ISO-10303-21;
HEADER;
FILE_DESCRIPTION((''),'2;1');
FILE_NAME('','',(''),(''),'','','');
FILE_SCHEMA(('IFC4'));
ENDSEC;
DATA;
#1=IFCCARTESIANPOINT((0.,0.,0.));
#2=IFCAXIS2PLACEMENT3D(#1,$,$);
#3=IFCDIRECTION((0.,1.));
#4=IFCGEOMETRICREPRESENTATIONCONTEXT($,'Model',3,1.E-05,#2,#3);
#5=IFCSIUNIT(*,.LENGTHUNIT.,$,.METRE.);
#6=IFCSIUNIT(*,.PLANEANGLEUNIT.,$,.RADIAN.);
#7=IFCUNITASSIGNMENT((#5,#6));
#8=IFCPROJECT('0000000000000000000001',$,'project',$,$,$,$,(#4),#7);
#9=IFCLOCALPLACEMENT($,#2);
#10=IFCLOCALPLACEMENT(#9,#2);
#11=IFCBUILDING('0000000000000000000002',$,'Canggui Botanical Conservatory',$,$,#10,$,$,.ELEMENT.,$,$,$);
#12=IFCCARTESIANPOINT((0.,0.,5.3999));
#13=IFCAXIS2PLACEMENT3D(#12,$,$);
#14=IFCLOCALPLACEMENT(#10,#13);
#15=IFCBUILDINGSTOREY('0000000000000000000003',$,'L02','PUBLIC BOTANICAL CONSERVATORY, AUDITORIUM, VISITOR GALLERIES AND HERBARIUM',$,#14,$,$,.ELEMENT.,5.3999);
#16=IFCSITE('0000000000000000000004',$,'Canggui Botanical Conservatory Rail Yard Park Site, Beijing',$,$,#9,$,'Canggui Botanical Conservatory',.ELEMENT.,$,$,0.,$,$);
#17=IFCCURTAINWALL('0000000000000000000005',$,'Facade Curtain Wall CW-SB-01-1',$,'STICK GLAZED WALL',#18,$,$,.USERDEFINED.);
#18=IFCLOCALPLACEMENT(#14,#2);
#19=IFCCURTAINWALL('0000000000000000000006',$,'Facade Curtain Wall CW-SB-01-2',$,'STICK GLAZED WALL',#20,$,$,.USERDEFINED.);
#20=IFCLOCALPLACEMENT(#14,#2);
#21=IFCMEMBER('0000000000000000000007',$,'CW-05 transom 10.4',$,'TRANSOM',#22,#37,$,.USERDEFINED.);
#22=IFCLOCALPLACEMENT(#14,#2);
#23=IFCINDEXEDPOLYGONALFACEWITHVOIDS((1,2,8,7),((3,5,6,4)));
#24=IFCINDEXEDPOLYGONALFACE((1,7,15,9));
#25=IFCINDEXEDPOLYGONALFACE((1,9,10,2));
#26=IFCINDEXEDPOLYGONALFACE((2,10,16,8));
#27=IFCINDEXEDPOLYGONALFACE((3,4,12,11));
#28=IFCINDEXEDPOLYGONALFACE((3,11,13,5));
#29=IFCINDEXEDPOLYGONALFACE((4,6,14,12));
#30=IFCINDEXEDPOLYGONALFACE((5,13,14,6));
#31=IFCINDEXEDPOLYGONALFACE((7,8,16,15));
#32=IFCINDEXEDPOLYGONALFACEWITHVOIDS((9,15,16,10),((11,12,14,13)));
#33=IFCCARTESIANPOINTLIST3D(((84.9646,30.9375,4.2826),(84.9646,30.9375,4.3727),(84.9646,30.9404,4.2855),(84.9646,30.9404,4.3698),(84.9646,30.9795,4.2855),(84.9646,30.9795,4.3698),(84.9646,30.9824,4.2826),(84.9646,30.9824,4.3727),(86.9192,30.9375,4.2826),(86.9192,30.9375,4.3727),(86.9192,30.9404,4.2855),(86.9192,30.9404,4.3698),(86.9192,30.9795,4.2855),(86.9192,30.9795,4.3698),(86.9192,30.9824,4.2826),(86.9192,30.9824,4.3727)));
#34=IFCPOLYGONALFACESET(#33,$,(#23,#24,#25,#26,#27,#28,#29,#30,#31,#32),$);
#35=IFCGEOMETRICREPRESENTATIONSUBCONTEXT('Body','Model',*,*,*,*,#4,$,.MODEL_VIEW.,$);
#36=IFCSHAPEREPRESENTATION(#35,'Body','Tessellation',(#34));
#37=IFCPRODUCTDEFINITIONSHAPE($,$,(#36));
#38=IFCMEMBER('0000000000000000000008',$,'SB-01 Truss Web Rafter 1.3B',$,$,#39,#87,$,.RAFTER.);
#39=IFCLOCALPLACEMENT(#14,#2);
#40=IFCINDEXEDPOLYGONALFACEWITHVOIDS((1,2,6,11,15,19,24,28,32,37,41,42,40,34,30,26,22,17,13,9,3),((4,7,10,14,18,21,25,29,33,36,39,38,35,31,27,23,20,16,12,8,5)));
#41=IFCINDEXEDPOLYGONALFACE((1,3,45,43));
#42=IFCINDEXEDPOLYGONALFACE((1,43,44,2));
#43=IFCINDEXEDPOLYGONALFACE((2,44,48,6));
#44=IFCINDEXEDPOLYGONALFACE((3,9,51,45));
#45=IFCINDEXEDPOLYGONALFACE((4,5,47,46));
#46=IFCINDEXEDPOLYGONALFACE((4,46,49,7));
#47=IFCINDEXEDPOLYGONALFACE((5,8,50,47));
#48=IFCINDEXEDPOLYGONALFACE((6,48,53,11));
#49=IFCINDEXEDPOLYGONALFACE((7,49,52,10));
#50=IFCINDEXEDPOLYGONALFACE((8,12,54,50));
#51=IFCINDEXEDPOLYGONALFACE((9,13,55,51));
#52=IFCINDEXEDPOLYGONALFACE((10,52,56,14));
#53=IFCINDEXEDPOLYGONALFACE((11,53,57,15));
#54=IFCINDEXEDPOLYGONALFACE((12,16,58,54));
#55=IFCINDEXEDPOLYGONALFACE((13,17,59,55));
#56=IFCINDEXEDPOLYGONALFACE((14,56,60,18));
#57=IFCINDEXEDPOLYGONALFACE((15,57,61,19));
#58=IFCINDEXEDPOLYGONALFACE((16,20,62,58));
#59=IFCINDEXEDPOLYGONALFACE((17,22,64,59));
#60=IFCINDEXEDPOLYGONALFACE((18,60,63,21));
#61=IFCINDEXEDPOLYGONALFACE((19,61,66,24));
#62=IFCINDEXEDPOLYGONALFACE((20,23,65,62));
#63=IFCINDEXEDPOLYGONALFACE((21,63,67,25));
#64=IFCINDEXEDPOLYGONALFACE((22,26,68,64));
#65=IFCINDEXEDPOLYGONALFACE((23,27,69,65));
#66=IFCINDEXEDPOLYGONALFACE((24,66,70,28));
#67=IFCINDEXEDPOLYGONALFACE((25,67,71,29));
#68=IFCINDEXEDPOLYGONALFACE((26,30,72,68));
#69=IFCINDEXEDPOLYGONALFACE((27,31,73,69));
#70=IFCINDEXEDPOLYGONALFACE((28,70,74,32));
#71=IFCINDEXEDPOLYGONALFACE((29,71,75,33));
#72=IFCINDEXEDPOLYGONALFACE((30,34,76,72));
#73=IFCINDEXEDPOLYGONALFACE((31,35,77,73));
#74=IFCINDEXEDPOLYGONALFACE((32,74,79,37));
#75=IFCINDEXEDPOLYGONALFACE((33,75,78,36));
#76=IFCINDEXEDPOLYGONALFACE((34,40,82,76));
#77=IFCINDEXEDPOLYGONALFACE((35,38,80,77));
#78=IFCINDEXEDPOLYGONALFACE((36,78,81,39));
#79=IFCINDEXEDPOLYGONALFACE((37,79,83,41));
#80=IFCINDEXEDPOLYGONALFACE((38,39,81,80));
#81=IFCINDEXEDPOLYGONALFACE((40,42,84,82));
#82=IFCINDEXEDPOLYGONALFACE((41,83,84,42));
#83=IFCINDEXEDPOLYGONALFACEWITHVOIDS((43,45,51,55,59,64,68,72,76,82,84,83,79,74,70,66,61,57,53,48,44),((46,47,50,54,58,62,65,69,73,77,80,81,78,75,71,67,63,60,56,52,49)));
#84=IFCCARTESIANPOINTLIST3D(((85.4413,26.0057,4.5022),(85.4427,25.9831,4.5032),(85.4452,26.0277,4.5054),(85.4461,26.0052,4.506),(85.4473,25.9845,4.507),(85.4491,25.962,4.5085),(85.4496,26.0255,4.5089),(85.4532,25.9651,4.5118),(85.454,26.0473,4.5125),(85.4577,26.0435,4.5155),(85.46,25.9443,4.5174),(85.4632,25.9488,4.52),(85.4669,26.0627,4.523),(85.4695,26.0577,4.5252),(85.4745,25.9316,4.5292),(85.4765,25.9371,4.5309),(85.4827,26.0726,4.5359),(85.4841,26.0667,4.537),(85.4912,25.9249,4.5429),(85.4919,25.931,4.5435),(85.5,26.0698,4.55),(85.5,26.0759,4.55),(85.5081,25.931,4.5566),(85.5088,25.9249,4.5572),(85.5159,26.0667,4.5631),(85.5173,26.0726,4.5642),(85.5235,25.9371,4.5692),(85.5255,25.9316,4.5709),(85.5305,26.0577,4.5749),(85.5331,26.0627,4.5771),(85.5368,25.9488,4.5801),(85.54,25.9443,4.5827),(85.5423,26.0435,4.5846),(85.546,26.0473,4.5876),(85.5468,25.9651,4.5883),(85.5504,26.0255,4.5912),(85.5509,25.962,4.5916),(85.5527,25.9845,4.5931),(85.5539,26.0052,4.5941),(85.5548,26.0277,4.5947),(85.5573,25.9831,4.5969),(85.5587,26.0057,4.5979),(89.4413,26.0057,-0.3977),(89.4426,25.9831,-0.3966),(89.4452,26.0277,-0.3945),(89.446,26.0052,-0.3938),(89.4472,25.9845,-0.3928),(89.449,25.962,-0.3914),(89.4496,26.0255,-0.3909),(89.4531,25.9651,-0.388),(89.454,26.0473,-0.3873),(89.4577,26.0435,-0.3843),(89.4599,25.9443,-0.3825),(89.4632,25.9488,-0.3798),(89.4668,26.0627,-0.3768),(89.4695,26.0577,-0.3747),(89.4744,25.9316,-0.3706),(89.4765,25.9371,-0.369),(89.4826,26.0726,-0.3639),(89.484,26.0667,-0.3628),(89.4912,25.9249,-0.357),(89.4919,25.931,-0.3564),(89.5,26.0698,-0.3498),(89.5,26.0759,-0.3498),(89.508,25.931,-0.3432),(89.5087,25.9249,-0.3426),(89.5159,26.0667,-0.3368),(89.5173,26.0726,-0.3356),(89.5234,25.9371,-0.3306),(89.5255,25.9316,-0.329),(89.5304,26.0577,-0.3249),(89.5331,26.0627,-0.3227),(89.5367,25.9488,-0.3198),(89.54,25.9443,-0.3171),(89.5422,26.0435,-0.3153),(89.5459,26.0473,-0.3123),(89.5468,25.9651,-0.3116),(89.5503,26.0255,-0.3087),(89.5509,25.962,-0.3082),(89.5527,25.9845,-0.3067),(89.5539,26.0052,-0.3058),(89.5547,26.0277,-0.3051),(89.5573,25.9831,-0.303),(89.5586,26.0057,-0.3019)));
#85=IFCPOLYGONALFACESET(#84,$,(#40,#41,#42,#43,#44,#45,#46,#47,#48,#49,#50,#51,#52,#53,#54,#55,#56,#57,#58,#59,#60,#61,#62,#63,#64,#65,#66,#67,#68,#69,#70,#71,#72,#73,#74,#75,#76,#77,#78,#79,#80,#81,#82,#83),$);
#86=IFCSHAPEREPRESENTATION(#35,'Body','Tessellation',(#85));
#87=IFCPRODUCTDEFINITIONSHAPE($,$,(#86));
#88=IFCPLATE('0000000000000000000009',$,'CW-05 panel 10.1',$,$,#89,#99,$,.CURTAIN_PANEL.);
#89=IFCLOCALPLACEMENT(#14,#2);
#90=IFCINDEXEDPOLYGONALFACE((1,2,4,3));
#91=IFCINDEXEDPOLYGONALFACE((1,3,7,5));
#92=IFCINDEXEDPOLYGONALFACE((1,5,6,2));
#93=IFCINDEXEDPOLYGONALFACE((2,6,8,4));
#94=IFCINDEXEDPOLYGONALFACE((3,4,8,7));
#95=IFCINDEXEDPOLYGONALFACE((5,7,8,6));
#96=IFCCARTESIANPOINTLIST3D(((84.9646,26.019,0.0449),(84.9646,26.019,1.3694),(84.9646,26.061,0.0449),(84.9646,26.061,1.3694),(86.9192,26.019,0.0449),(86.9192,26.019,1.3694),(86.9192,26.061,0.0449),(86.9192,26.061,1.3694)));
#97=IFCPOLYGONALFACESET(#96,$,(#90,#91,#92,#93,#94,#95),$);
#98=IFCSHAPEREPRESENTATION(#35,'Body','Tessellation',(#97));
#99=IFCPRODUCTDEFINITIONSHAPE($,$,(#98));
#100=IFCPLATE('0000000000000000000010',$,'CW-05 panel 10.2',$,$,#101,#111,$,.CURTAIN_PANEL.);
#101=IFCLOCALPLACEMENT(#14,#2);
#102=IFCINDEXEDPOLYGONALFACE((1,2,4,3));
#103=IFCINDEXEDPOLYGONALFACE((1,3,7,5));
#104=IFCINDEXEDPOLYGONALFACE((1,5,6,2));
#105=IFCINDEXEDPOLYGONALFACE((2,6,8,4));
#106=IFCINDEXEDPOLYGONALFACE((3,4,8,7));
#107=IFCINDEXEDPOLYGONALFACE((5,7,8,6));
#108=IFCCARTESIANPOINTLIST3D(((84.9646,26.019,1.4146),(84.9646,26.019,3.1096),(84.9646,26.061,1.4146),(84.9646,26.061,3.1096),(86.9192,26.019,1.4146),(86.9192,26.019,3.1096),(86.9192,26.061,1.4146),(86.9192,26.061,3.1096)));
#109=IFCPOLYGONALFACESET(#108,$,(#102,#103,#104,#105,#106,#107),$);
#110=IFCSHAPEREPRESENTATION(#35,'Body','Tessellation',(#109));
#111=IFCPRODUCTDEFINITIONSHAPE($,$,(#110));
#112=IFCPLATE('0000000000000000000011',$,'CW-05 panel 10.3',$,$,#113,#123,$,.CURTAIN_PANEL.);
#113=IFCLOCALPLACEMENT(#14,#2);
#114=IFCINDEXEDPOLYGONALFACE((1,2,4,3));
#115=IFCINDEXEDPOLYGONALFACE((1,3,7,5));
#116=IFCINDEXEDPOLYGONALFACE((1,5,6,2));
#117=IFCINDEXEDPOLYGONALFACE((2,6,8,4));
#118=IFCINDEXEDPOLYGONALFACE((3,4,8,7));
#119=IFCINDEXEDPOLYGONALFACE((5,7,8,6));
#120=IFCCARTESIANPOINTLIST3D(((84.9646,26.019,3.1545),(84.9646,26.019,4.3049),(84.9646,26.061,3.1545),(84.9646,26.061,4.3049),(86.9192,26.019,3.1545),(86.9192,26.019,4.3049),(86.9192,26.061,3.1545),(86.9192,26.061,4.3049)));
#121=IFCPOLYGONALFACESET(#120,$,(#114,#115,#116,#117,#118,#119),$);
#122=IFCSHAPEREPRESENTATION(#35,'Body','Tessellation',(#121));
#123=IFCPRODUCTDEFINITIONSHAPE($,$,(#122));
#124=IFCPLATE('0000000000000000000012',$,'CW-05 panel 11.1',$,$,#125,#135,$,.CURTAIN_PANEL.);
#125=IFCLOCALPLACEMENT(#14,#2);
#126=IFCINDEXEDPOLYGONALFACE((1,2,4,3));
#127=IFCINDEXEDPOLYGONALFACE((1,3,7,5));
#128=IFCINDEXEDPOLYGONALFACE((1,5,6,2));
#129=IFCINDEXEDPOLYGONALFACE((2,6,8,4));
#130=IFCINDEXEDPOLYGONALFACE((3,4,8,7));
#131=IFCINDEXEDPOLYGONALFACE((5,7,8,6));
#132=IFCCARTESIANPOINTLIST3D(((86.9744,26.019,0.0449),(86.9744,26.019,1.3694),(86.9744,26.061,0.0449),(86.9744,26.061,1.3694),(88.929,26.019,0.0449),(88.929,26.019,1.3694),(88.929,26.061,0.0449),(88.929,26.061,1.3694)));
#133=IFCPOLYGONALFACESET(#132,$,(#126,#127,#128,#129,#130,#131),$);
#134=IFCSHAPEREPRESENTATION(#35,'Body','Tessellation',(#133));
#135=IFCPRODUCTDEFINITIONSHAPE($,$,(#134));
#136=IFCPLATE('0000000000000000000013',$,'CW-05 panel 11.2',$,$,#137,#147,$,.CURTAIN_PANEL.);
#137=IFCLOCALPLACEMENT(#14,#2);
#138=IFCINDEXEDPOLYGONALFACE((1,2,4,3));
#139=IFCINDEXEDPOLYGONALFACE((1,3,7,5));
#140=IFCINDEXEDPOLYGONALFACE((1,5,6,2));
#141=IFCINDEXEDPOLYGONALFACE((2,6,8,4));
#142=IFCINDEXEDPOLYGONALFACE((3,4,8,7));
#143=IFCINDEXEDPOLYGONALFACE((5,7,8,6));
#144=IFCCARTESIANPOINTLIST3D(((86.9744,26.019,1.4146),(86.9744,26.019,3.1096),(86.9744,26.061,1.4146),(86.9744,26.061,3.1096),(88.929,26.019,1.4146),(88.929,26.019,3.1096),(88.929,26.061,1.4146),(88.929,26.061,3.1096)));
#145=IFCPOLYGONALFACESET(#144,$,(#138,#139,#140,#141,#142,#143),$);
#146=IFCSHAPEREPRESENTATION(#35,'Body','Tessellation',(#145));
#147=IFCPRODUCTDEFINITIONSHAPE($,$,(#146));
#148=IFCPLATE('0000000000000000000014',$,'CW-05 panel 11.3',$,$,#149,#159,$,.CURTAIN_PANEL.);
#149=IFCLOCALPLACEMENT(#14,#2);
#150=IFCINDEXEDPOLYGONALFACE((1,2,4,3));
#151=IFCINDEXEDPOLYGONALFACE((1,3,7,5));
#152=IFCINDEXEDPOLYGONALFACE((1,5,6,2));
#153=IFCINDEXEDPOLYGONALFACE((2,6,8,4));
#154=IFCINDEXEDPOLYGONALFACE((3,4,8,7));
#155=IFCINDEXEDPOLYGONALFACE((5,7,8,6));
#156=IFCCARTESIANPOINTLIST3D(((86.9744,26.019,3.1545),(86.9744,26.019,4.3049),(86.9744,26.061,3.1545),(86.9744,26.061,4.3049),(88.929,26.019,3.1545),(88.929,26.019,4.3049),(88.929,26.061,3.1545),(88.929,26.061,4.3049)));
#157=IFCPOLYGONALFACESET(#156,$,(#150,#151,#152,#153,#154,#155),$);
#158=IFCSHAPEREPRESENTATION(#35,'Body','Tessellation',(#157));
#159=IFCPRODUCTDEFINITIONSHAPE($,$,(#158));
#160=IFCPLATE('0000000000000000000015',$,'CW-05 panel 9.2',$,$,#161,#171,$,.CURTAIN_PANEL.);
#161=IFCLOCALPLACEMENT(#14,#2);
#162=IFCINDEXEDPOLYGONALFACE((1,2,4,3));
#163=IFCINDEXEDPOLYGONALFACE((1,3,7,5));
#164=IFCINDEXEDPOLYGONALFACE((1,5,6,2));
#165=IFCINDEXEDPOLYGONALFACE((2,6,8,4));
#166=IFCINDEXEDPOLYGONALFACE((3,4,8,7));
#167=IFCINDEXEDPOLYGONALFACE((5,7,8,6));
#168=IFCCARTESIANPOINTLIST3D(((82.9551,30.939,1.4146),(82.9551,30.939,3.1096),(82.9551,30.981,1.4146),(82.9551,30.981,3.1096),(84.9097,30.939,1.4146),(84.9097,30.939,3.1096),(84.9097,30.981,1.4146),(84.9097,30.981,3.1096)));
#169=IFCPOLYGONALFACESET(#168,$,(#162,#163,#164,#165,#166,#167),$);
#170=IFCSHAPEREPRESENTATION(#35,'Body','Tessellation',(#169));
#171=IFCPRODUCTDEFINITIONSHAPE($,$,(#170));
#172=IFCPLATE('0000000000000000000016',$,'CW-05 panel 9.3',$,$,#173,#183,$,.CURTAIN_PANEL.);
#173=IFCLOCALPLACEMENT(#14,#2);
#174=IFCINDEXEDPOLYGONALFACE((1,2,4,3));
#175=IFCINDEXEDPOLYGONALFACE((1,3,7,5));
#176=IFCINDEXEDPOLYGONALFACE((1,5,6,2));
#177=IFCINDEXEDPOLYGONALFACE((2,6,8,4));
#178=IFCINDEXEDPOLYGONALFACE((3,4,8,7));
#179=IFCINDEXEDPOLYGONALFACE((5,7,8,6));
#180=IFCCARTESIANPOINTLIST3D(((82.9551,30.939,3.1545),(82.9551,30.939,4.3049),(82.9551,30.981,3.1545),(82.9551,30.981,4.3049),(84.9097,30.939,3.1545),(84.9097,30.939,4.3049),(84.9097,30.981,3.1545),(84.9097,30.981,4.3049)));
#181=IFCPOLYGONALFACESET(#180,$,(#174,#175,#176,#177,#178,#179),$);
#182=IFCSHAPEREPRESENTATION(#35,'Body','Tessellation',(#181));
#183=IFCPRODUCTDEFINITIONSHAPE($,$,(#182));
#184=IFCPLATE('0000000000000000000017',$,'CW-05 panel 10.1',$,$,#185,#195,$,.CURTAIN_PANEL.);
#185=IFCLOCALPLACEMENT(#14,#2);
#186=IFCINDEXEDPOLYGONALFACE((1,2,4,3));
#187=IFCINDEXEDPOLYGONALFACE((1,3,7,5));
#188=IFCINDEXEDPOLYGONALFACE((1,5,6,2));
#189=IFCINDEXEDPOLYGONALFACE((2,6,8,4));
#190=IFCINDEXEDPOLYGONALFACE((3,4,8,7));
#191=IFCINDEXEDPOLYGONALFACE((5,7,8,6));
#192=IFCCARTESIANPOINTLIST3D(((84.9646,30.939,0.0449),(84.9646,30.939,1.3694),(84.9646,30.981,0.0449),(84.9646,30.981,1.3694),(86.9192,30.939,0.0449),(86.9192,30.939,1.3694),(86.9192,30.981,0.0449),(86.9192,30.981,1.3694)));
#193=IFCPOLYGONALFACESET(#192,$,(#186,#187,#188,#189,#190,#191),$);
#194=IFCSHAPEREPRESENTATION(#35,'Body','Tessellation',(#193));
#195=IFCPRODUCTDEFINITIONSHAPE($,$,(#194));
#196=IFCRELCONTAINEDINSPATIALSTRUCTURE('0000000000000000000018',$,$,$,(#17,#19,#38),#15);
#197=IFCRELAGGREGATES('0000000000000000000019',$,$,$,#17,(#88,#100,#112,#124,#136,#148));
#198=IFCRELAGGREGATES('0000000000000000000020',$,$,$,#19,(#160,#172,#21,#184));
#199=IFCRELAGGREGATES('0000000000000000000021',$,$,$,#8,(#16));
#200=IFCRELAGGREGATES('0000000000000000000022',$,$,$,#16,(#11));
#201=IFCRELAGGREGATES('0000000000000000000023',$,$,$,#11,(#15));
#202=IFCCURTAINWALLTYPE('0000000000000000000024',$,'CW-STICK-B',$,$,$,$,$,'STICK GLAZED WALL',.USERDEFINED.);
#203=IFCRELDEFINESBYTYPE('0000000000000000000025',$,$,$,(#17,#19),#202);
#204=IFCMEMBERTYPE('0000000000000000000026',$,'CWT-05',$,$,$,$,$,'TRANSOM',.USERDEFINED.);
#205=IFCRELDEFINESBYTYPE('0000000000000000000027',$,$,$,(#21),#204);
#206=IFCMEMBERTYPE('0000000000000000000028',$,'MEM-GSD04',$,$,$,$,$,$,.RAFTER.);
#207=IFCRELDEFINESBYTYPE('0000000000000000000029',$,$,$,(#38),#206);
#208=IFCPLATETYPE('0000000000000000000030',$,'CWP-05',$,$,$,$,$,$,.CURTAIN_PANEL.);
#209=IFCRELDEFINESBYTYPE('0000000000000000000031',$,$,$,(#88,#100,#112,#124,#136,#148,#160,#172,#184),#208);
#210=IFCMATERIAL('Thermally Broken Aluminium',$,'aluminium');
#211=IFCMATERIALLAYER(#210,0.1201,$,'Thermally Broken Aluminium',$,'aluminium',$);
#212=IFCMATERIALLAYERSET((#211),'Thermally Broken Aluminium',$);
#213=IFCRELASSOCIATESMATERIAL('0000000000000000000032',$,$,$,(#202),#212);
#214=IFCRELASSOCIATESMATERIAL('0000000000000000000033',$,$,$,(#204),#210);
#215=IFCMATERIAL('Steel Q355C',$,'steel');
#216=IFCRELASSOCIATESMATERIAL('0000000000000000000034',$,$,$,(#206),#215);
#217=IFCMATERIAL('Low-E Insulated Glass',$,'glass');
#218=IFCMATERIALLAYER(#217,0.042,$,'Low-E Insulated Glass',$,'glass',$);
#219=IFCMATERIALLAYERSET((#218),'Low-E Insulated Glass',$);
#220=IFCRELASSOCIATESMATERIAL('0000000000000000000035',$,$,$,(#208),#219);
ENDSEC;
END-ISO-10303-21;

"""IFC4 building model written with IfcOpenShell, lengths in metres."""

from ifc_helpers import new_model, si_unit, direction, frame, origin, origin_2d, place, context, subcontext, project, spatial, rectangle, hollow_rectangle, hollow_circle, extrude, material, layer, layer_set, material_profile, profile_set, type_object, element, aggregate, save


model = new_model("IFC4")

# Units and contexts
model_context = context("Model", 3, precision=1e-05, world=origin(), true_north=direction((0.0, 1.0)))
body_context = subcontext(model_context, "Body", "Model", "MODEL_VIEW")
ifc_project = project(units=[si_unit("LENGTHUNIT", "METRE"), si_unit("PLANEANGLEUNIT", "RADIAN")], contexts=[model_context])

# Site, building, storey
site_placement = place(None, origin())
site = spatial("IfcSite", under=ifc_project, at=site_placement, Name="Canggui Botanical Conservatory Rail Yard Park Site, Beijing", LongName="Canggui Botanical Conservatory", CompositionType="ELEMENT", RefElevation=0.0)
building_placement = place(site_placement, origin())
building = spatial("IfcBuilding", under=site, at=building_placement, Name="Canggui Botanical Conservatory", CompositionType="ELEMENT")
storey_placement = place(building_placement, frame((0.0, 0.0, 5.3999)))
storey = spatial("IfcBuildingStorey", under=building, at=storey_placement, Name="L02", Description="PUBLIC BOTANICAL CONSERVATORY, AUDITORIUM, VISITOR GALLERIES AND HERBARIUM", CompositionType="ELEMENT", Elevation=5.3999)

# Curtain wall
ifc_material_1 = material(Name="Thermally Broken Aluminium", Category="aluminium")
ifc_layer_1 = layer(ifc_material_1, 0.1201, Name="Thermally Broken Aluminium", Category="aluminium")
ifc_layer_set_1 = layer_set([ifc_layer_1], Name="Thermally Broken Aluminium")
curtain_wall_type = type_object("IfcCurtainWallType", Name="CW-STICK-B", ElementType="STICK GLAZED WALL", PredefinedType="USERDEFINED", material=ifc_layer_set_1)
curtain_wall_1_placement = place(storey_placement, origin())
curtain_wall_1 = element("IfcCurtainWall", 1, at=curtain_wall_1_placement, inside=storey, type_object=curtain_wall_type, Name="Facade Curtain Wall CW-SB-01-1", ObjectType="STICK GLAZED WALL", PredefinedType="USERDEFINED")

# Curtain wall
curtain_wall_2_placement = place(storey_placement, origin())
curtain_wall_2 = element("IfcCurtainWall", 2, at=curtain_wall_2_placement, inside=storey, type_object=curtain_wall_type, Name="Facade Curtain Wall CW-SB-01-2", ObjectType="STICK GLAZED WALL", PredefinedType="USERDEFINED")

# Members
ifc_material_profile_1 = material_profile(ifc_material_1, hollow_rectangle(XDim=0.0449, YDim=0.0901, WallThickness=0.0029, at=origin_2d()), Name="CWT 45x90x3")
ifc_profile_set_1 = profile_set([ifc_material_profile_1], Name="Thermally Broken Aluminium")
member_type_1 = type_object("IfcMemberType", Name="CWT-05", ElementType="TRANSOM", PredefinedType="USERDEFINED", material=ifc_profile_set_1)
member_1_placement = place(storey_placement, frame((84.9646, 30.96, 4.3276), z_axis=(1.0, 0.0, 0.0), x_axis=(0.0, 1.0, 0.0)))
member_1 = element("IfcMember", 3, at=member_1_placement, type_object=member_type_1, Name="CW-05 transom 10.4", ObjectType="TRANSOM", PredefinedType="USERDEFINED", context=body_context, shape_type="SweptSolid", body=[
    extrude(hollow_rectangle(XDim=0.0449, YDim=0.0901, WallThickness=0.0029, at=origin_2d()), origin(), (0.0, 0.0, 1.0), 1.9546),
])
ifc_material_2 = material(Name="Steel Q355C", Category="steel")
ifc_material_profile_2 = material_profile(ifc_material_2, hollow_circle(Radius=0.0759, WallThickness=0.0061, at=origin_2d()), Name="CHS 152x6")
ifc_profile_set_2 = profile_set([ifc_material_profile_2], Name="Steel Q355C")
member_type_2 = type_object("IfcMemberType", Name="MEM-GSD04", PredefinedType="RAFTER", material=ifc_profile_set_2)
member_2_placement = place(storey_placement, frame((85.5, 26.0, 4.55), z_axis=(0.632384, 0.0, -0.774655), x_axis=(0.0, 1.0, 0.0)))
element("IfcMember", 4, at=member_2_placement, inside=storey, type_object=member_type_2, Name="SB-01 Truss Web Rafter 1.3B", PredefinedType="RAFTER", context=body_context, shape_type="SweptSolid", body=[
    extrude(hollow_circle(Radius=0.0759, WallThickness=0.0061, at=origin_2d()), origin(), (0.0, 0.0, 1.0), 6.3252),
])

# Plates
ifc_material_3 = material(Name="Low-E Insulated Glass", Category="glass")
ifc_layer_2 = layer(ifc_material_3, 0.042, Name="Low-E Insulated Glass", Category="glass")
ifc_layer_set_2 = layer_set([ifc_layer_2], Name="Low-E Insulated Glass")
plate_type_1 = type_object("IfcPlateType", Name="CWP-05", PredefinedType="CURTAIN_PANEL", material=ifc_layer_set_2)
plate_1_placement = place(storey_placement, frame((85.9419, 26.04, 0.0449), z_axis=(0.0, 0.0, 1.0), x_axis=(1.0, 0.0, 0.0)))
plate_1 = element("IfcPlate", 5, at=plate_1_placement, type_object=plate_type_1, Name="CW-05 panel 10.1", PredefinedType="CURTAIN_PANEL", context=body_context, shape_type="SweptSolid", body=[
    extrude(rectangle(XDim=1.9546, YDim=0.042, at=origin_2d()), origin(), (0.0, 0.0, 1.0), 1.3245),
])
plate_2_placement = place(storey_placement, frame((85.9419, 26.04, 1.4146), z_axis=(0.0, 0.0, 1.0), x_axis=(1.0, 0.0, 0.0)))
plate_2 = element("IfcPlate", 6, at=plate_2_placement, type_object=plate_type_1, Name="CW-05 panel 10.2", PredefinedType="CURTAIN_PANEL", context=body_context, shape_type="SweptSolid", body=[
    extrude(rectangle(XDim=1.9546, YDim=0.042, at=origin_2d()), origin(), (0.0, 0.0, 1.0), 1.6951),
])
plate_3_placement = place(storey_placement, frame((85.9419, 26.04, 3.1545), z_axis=(0.0, 0.0, 1.0), x_axis=(1.0, 0.0, 0.0)))
plate_3 = element("IfcPlate", 7, at=plate_3_placement, type_object=plate_type_1, Name="CW-05 panel 10.3", PredefinedType="CURTAIN_PANEL", context=body_context, shape_type="SweptSolid", body=[
    extrude(rectangle(XDim=1.9546, YDim=0.042, at=origin_2d()), origin(), (0.0, 0.0, 1.0), 1.1504),
])
plate_4_placement = place(storey_placement, frame((87.9517, 26.04, 0.0449), z_axis=(0.0, 0.0, 1.0), x_axis=(1.0, 0.0, 0.0)))
plate_4 = element("IfcPlate", 8, at=plate_4_placement, type_object=plate_type_1, Name="CW-05 panel 11.1", PredefinedType="CURTAIN_PANEL", context=body_context, shape_type="SweptSolid", body=[
    extrude(rectangle(XDim=1.9546, YDim=0.042, at=origin_2d()), origin(), (0.0, 0.0, 1.0), 1.3245),
])
plate_5_placement = place(storey_placement, frame((87.9517, 26.04, 1.4146), z_axis=(0.0, 0.0, 1.0), x_axis=(1.0, 0.0, 0.0)))
plate_5 = element("IfcPlate", 9, at=plate_5_placement, type_object=plate_type_1, Name="CW-05 panel 11.2", PredefinedType="CURTAIN_PANEL", context=body_context, shape_type="SweptSolid", body=[
    extrude(rectangle(XDim=1.9546, YDim=0.042, at=origin_2d()), origin(), (0.0, 0.0, 1.0), 1.6951),
])
plate_6_placement = place(storey_placement, frame((87.9517, 26.04, 3.1545), z_axis=(0.0, 0.0, 1.0), x_axis=(1.0, 0.0, 0.0)))
plate_6 = element("IfcPlate", 10, at=plate_6_placement, type_object=plate_type_1, Name="CW-05 panel 11.3", PredefinedType="CURTAIN_PANEL", context=body_context, shape_type="SweptSolid", body=[
    extrude(rectangle(XDim=1.9546, YDim=0.042, at=origin_2d()), origin(), (0.0, 0.0, 1.0), 1.1504),
])
aggregate(curtain_wall_1, [plate_1, plate_2, plate_3, plate_4, plate_5, plate_6])
plate_7_placement = place(storey_placement, frame((83.9324, 30.96, 1.4146), z_axis=(0.0, 0.0, 1.0), x_axis=(1.0, 0.0, 0.0)))
plate_7 = element("IfcPlate", 11, at=plate_7_placement, type_object=plate_type_1, Name="CW-05 panel 9.2", PredefinedType="CURTAIN_PANEL", context=body_context, shape_type="SweptSolid", body=[
    extrude(rectangle(XDim=1.9546, YDim=0.042, at=origin_2d()), origin(), (0.0, 0.0, 1.0), 1.6951),
])
plate_8_placement = place(storey_placement, frame((83.9324, 30.96, 3.1545), z_axis=(0.0, 0.0, 1.0), x_axis=(1.0, 0.0, 0.0)))
plate_8 = element("IfcPlate", 12, at=plate_8_placement, type_object=plate_type_1, Name="CW-05 panel 9.3", PredefinedType="CURTAIN_PANEL", context=body_context, shape_type="SweptSolid", body=[
    extrude(rectangle(XDim=1.9546, YDim=0.042, at=origin_2d()), origin(), (0.0, 0.0, 1.0), 1.1504),
])
plate_9_placement = place(storey_placement, frame((85.9419, 30.96, 0.0449), z_axis=(0.0, 0.0, 1.0), x_axis=(1.0, 0.0, 0.0)))
plate_9 = element("IfcPlate", 13, at=plate_9_placement, type_object=plate_type_1, Name="CW-05 panel 10.1", PredefinedType="CURTAIN_PANEL", context=body_context, shape_type="SweptSolid", body=[
    extrude(rectangle(XDim=1.9546, YDim=0.042, at=origin_2d()), origin(), (0.0, 0.0, 1.0), 1.3245),
])
aggregate(curtain_wall_2, [plate_7, plate_8, member_1, plate_9])

save(model, "model.ifc")
